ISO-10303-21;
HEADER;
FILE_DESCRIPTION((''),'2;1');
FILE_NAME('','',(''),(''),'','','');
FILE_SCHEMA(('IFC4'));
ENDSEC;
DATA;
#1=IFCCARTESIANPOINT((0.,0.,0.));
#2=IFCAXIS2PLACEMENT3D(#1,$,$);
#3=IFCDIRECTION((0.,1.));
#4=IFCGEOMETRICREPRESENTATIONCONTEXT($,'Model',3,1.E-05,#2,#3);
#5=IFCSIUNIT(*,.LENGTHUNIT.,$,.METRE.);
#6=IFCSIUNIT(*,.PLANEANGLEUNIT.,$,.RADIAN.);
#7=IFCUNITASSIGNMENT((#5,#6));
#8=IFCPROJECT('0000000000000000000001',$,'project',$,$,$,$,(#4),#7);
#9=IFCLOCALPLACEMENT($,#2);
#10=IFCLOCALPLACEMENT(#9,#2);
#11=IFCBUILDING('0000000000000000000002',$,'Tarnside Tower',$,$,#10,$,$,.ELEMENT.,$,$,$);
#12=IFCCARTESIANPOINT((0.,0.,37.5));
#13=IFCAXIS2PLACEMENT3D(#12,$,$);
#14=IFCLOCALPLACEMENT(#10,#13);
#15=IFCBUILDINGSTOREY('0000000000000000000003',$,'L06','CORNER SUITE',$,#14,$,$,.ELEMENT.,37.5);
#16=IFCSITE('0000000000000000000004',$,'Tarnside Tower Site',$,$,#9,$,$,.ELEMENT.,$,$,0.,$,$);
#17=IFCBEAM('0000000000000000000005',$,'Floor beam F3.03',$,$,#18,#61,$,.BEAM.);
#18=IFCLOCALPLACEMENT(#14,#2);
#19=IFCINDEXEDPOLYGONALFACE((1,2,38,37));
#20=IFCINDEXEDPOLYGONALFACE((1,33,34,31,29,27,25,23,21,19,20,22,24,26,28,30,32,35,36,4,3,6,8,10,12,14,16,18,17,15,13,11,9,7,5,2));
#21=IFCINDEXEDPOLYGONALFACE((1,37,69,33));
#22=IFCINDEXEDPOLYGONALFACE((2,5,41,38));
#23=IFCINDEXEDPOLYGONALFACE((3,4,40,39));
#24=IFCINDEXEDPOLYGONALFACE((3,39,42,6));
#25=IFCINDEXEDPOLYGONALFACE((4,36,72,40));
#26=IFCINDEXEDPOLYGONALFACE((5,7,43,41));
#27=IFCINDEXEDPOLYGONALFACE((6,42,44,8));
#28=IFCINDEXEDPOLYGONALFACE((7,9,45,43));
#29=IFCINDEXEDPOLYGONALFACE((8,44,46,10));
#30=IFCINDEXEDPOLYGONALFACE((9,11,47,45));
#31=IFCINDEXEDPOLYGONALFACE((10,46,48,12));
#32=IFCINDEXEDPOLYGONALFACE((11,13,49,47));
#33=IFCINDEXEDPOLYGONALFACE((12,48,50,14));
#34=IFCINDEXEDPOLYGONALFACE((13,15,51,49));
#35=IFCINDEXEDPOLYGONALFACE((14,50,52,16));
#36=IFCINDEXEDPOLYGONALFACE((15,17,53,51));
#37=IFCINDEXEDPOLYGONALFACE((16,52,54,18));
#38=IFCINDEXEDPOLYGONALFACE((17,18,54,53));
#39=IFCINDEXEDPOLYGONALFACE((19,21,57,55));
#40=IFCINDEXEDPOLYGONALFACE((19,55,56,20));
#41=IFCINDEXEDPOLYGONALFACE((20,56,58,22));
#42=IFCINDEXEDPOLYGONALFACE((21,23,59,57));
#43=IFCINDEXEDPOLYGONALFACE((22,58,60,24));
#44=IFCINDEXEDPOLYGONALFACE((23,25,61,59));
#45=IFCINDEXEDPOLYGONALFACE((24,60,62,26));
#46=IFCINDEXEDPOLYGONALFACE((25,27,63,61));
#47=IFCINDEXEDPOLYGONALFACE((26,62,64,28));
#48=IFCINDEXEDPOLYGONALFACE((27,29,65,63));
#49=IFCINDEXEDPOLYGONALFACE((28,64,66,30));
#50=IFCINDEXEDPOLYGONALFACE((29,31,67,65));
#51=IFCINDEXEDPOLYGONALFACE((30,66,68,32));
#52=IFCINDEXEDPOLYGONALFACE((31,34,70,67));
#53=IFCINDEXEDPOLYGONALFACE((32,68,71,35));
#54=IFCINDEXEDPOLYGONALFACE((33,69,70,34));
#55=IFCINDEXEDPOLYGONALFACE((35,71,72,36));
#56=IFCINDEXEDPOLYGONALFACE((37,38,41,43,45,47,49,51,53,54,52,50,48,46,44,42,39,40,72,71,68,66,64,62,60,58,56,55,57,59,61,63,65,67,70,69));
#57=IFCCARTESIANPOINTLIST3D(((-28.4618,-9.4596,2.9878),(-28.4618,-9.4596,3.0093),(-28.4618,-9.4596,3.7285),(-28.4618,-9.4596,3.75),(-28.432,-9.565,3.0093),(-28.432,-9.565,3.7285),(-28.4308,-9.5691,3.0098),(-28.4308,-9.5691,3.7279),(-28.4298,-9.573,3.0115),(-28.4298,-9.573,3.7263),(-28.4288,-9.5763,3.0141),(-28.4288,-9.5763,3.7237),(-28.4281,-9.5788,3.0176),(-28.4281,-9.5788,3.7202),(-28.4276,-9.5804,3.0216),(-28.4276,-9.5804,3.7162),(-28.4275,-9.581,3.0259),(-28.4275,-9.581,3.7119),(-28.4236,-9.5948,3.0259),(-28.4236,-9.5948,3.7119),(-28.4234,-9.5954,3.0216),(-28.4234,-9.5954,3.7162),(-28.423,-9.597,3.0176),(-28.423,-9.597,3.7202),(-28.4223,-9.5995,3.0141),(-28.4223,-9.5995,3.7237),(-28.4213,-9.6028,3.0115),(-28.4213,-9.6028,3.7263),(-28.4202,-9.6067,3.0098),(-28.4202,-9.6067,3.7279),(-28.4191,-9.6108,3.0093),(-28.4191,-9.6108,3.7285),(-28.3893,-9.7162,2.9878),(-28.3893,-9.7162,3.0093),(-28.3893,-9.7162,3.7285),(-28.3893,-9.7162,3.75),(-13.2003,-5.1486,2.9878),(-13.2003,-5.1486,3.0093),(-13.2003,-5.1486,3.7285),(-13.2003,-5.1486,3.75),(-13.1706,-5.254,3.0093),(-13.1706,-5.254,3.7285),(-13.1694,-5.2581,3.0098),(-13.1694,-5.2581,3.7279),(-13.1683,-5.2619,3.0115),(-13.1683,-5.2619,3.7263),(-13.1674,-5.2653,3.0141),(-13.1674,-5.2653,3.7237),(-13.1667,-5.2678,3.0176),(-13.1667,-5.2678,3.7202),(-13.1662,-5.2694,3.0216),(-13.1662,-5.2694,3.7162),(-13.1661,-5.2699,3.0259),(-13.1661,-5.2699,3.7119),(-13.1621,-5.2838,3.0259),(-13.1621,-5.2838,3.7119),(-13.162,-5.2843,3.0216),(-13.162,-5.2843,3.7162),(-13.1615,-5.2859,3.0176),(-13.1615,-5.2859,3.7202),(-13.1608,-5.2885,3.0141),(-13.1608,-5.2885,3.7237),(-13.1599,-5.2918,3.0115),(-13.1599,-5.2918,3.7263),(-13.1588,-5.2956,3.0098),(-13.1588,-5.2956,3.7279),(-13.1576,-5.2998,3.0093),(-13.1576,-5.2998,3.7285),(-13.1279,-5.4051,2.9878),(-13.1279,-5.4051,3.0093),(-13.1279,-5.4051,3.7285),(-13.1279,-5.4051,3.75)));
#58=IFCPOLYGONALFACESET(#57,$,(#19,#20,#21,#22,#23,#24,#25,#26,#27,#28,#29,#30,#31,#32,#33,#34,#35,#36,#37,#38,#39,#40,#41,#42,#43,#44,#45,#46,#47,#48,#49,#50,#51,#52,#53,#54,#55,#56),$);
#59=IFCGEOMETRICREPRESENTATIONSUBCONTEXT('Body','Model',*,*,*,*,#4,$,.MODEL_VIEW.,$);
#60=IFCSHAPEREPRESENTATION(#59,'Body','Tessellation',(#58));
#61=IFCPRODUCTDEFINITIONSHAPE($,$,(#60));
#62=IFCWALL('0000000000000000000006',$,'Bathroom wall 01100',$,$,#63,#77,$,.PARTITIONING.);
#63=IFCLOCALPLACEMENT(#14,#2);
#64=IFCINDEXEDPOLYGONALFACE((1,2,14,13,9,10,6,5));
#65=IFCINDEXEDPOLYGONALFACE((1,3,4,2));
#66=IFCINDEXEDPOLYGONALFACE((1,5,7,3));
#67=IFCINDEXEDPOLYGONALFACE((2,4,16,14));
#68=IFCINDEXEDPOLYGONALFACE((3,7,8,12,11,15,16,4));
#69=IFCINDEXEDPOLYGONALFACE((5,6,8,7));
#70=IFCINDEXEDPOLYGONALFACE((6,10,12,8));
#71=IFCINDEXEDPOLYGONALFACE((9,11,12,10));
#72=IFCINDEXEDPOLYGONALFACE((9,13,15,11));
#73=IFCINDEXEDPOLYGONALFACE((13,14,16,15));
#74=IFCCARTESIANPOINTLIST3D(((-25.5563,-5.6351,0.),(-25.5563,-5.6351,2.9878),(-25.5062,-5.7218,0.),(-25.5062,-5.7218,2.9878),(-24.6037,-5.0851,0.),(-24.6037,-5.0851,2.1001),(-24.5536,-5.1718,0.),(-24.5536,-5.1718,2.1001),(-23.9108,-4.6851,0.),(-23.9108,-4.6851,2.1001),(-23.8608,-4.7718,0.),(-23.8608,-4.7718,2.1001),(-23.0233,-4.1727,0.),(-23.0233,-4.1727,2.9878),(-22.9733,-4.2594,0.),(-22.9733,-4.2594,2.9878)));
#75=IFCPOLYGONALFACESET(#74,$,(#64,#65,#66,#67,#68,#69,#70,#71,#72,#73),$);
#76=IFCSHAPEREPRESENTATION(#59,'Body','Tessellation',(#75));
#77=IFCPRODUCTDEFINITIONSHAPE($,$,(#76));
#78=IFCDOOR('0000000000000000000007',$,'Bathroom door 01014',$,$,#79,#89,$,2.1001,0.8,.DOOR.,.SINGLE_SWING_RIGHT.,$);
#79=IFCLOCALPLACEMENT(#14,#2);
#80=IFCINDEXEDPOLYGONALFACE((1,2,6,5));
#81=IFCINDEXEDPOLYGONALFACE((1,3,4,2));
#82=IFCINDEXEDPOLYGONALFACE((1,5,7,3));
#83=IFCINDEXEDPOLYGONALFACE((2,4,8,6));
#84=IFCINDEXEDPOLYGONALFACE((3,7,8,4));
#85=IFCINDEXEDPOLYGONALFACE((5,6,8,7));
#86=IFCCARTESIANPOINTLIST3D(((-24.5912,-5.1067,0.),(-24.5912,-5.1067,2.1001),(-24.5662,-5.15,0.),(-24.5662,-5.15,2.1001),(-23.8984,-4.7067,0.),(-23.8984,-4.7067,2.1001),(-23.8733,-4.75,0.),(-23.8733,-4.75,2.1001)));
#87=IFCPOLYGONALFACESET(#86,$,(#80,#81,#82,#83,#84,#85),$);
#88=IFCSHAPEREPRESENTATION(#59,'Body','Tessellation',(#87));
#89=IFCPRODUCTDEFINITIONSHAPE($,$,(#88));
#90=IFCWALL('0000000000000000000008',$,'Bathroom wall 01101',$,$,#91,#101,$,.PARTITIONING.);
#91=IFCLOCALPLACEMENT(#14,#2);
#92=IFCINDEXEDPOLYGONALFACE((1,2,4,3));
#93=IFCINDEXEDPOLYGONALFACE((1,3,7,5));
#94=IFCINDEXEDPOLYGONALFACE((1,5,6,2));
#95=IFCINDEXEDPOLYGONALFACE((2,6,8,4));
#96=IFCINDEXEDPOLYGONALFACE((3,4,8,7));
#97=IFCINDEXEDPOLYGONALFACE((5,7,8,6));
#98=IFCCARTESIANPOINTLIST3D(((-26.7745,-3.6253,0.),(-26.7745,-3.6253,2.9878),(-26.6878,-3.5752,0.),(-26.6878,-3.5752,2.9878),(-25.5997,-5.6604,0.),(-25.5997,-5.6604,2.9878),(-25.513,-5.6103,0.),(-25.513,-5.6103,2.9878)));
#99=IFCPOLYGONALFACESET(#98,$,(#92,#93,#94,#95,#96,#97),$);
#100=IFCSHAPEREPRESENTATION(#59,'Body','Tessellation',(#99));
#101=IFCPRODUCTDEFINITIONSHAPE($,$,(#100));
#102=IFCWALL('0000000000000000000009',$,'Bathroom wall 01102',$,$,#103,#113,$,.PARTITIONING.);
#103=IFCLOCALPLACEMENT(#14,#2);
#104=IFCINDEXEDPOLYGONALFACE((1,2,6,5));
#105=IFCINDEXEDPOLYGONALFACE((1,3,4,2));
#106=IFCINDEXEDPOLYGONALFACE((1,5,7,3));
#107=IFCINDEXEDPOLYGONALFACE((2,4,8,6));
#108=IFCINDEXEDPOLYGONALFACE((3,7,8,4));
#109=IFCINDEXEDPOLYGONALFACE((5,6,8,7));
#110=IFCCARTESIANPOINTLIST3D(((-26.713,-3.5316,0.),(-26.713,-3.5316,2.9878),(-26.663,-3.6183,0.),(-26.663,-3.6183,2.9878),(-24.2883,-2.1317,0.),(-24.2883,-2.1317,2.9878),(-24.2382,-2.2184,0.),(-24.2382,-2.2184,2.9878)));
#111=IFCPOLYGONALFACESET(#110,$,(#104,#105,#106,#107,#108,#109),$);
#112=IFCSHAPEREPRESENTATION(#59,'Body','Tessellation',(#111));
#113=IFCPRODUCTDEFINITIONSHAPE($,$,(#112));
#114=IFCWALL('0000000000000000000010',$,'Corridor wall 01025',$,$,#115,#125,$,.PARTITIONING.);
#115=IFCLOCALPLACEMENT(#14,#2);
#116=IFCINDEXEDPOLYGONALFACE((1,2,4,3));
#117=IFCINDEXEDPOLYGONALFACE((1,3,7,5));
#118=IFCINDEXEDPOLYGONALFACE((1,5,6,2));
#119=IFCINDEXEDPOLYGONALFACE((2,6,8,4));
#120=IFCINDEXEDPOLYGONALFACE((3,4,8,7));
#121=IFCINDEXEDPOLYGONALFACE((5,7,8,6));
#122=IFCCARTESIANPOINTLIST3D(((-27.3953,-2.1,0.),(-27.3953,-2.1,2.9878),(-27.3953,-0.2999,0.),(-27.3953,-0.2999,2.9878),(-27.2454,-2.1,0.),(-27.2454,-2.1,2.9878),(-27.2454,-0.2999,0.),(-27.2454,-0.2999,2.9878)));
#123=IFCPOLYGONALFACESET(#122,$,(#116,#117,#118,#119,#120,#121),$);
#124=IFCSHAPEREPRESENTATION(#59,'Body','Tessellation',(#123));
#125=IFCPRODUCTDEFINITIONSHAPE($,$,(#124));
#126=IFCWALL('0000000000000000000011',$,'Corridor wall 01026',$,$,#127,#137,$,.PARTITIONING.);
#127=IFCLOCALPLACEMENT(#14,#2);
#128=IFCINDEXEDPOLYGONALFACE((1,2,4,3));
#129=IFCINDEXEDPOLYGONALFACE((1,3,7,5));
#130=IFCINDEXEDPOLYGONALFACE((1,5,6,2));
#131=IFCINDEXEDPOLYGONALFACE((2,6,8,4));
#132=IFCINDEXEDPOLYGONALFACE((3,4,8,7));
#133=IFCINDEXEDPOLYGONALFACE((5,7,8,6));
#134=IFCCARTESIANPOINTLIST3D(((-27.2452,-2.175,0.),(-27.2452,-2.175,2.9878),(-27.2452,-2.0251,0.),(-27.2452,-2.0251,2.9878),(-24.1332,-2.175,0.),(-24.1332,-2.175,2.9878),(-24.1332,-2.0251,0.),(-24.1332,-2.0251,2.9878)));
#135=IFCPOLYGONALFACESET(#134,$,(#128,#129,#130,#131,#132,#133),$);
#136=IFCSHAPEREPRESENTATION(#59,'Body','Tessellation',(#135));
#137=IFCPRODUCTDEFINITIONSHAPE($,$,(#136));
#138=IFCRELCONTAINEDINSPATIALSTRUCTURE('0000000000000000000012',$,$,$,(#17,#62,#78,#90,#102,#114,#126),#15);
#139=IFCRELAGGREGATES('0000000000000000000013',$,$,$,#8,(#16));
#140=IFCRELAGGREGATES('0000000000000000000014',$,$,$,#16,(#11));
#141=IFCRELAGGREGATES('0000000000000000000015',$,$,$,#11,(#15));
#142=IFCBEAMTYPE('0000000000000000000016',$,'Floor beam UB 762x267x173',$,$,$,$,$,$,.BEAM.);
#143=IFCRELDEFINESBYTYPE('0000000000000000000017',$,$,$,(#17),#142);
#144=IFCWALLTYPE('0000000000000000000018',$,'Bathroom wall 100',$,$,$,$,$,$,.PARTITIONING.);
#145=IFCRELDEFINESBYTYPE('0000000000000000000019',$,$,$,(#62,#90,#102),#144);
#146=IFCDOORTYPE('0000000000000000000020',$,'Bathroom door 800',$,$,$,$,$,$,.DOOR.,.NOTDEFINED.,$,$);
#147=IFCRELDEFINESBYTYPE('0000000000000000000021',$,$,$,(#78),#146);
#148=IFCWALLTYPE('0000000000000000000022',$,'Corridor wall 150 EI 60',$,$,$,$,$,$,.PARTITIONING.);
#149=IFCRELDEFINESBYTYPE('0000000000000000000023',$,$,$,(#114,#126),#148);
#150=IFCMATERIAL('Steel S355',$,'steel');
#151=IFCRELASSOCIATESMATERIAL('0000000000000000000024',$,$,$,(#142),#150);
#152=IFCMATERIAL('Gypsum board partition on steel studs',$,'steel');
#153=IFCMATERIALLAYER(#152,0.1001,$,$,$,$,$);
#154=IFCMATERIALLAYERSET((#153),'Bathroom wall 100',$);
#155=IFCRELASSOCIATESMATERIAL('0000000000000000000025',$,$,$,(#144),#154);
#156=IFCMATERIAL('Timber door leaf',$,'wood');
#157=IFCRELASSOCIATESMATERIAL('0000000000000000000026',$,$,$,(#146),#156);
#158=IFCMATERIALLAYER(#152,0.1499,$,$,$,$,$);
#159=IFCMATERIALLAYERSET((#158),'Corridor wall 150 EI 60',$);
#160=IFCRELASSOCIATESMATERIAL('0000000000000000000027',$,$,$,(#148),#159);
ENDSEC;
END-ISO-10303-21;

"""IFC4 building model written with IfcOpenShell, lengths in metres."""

from ifc_helpers import new_model, si_unit, direction, frame, frame_2d, origin, origin_2d, place, context, subcontext, project, spatial, rectangle, i_section, extrude, material, layer, layer_set, material_profile, profile_set, type_object, element, fill, save


model = new_model("IFC4")

# Units and contexts
model_context = context("Model", 3, precision=1e-05, world=origin(), true_north=direction((0.0, 1.0)))
body_context = subcontext(model_context, "Body", "Model", "MODEL_VIEW")
ifc_project = project(units=[si_unit("LENGTHUNIT", "METRE"), si_unit("PLANEANGLEUNIT", "RADIAN")], contexts=[model_context])

# Site, building, storey
site_placement = place(None, origin())
site = spatial("IfcSite", under=ifc_project, at=site_placement, Name="Tarnside Tower Site", CompositionType="ELEMENT", RefElevation=0.0)
building_placement = place(site_placement, origin())
building = spatial("IfcBuilding", under=site, at=building_placement, Name="Tarnside Tower", CompositionType="ELEMENT")
storey_placement = place(building_placement, frame((0.0, 0.0, 37.5)))
storey = spatial("IfcBuildingStorey", under=building, at=storey_placement, Name="L06", Description="CORNER SUITE", CompositionType="ELEMENT", Elevation=37.5)

# Beam
ifc_material_1 = material(Name="Steel S355", Category="steel")
ifc_material_profile = material_profile(ifc_material_1, i_section(OverallWidth=0.2666, OverallDepth=0.7622, WebThickness=0.0144, FlangeThickness=0.0215, FilletRadius=0.0166, at=origin_2d()), Name="UB 762x267x173")
ifc_profile_set = profile_set([ifc_material_profile], Name="Steel S355")
beam_type = type_object("IfcBeamType", Name="Floor beam UB 762x267x173", PredefinedType="BEAM", material=ifc_profile_set)
beam_placement = place(storey_placement, frame((-28.4255, -9.5879, 3.3689), z_axis=(0.962342, 0.271841, 0.0), x_axis=(-0.271841, 0.962342, 0.0)))
element("IfcBeam", 1, at=beam_placement, inside=storey, type_object=beam_type, Name="Floor beam F3.03", PredefinedType="BEAM", context=body_context, shape_type="SweptSolid", body=[
    extrude(i_section(OverallWidth=0.2666, OverallDepth=0.7622, WebThickness=0.0144, FlangeThickness=0.0215, FilletRadius=0.0166, at=origin_2d()), origin(), (0.0, 0.0, 1.0), 15.8586),
])

# Wall, opening, door
ifc_material_2 = material(Name="Gypsum board partition on steel studs", Category="steel")
ifc_layer_1 = layer(ifc_material_2, 0.1001)
ifc_layer_set_1 = layer_set([ifc_layer_1], Name="Bathroom wall 100")
wall_type_1 = type_object("IfcWallType", Name="Bathroom wall 100", PredefinedType="PARTITIONING", material=ifc_layer_set_1)
wall_1_placement = place(storey_placement, frame((-22.9983, -4.2161, 0.0), z_axis=(0.0, 0.0, 1.0), x_axis=(-0.866026, -0.499999, 0.0)))
wall_1 = element("IfcWall", 2, at=wall_1_placement, inside=storey, type_object=wall_type_1, Name="Bathroom wall 01100", PredefinedType="PARTITIONING", context=body_context, shape_type="SweptSolid", body=[
    extrude(rectangle(XDim=2.9248, YDim=0.1001, at=frame_2d((1.4624, 0.0))), origin(), (0.0, 0.0, 1.0), 2.9878),
])
opening_1_placement = place(wall_1_placement, frame((1.0249, 0.0, 0.0)))
opening_1 = element("IfcOpeningElement", 3, at=opening_1_placement, cuts=wall_1, PredefinedType="OPENING", context=body_context, shape_type="SweptSolid", body=[
    extrude(rectangle(XDim=0.8, YDim=2.1001, at=frame_2d((0.3999, 1.05))), frame((0.0, 0.0601, 0.0), z_axis=(0.0, -1.0, 0.0), x_axis=(1.0, 0.0, 0.0)), (0.0, 0.0, 1.0), 0.1201),
])
ifc_material_3 = material(Name="Timber door leaf", Category="wood")
door_type_1 = type_object("IfcDoorType", Name="Bathroom door 800", OperationType="NOTDEFINED", PredefinedType="DOOR", material=ifc_material_3)
door_1_placement = place(opening_1_placement, origin())
door_1 = element("IfcDoor", 4, at=door_1_placement, inside=storey, type_object=door_type_1, Name="Bathroom door 01014", OperationType="SINGLE_SWING_RIGHT", OverallHeight=2.1001, OverallWidth=0.8, PredefinedType="DOOR", context=body_context, shape_type="SweptSolid", body=[
    extrude(rectangle(XDim=0.8, YDim=2.1001, at=frame_2d((0.3999, 1.05))), frame((0.0, 0.0249, 0.0), z_axis=(0.0, -1.0, 0.0), x_axis=(1.0, 0.0, 0.0)), (0.0, 0.0, 1.0), 0.05),
])
fill(opening_1, door_1)

# Walls
wall_2_placement = place(storey_placement, frame((-25.5564, -5.6353, 0.0), z_axis=(0.0, 0.0, 1.0), x_axis=(-0.499938, 0.866061, 0.0)))
element("IfcWall", 5, at=wall_2_placement, inside=storey, type_object=wall_type_1, Name="Bathroom wall 01101", PredefinedType="PARTITIONING", context=body_context, shape_type="SweptSolid", body=[
    extrude(rectangle(XDim=2.3499, YDim=0.1001, at=frame_2d((1.1748, 0.0))), origin(), (0.0, 0.0, 1.0), 2.9878),
])
wall_3_placement = place(storey_placement, frame((-26.688, -3.575, 0.0), z_axis=(0.0, 0.0, 1.0), x_axis=(0.866035, 0.499984, 0.0)))
element("IfcWall", 6, at=wall_3_placement, inside=storey, type_object=wall_type_1, Name="Bathroom wall 01102", PredefinedType="PARTITIONING", context=body_context, shape_type="SweptSolid", body=[
    extrude(rectangle(XDim=2.7998, YDim=0.1001, at=frame_2d((1.3999, 0.0))), origin(), (0.0, 0.0, 1.0), 2.9878),
])
ifc_layer_2 = layer(ifc_material_2, 0.1499)
ifc_layer_set_2 = layer_set([ifc_layer_2], Name="Corridor wall 150 EI 60")
wall_type_2 = type_object("IfcWallType", Name="Corridor wall 150 EI 60", PredefinedType="PARTITIONING", material=ifc_layer_set_2)
wall_4_placement = place(storey_placement, frame((-27.3203, -0.3, 0.0), z_axis=(0.0, 0.0, 1.0), x_axis=(0.0, -1.0, 0.0)))
element("IfcWall", 7, at=wall_4_placement, inside=storey, type_object=wall_type_2, Name="Corridor wall 01025", PredefinedType="PARTITIONING", context=body_context, shape_type="SweptSolid", body=[
    extrude(rectangle(XDim=1.8, YDim=0.1499, at=frame_2d((0.8999, 0.0))), origin(), (0.0, 0.0, 1.0), 2.9878),
])
wall_5_placement = place(storey_placement, frame((-27.2454, -2.1001, 0.0), z_axis=(0.0, 0.0, 1.0), x_axis=(1.0, 0.0, 0.0)))
element("IfcWall", 8, at=wall_5_placement, inside=storey, type_object=wall_type_2, Name="Corridor wall 01026", PredefinedType="PARTITIONING", context=body_context, shape_type="SweptSolid", body=[
    extrude(rectangle(XDim=3.1121, YDim=0.1499, at=frame_2d((1.5562, 0.0))), origin(), (0.0, 0.0, 1.0), 2.9878),
])

save(model, "model.ifc")
